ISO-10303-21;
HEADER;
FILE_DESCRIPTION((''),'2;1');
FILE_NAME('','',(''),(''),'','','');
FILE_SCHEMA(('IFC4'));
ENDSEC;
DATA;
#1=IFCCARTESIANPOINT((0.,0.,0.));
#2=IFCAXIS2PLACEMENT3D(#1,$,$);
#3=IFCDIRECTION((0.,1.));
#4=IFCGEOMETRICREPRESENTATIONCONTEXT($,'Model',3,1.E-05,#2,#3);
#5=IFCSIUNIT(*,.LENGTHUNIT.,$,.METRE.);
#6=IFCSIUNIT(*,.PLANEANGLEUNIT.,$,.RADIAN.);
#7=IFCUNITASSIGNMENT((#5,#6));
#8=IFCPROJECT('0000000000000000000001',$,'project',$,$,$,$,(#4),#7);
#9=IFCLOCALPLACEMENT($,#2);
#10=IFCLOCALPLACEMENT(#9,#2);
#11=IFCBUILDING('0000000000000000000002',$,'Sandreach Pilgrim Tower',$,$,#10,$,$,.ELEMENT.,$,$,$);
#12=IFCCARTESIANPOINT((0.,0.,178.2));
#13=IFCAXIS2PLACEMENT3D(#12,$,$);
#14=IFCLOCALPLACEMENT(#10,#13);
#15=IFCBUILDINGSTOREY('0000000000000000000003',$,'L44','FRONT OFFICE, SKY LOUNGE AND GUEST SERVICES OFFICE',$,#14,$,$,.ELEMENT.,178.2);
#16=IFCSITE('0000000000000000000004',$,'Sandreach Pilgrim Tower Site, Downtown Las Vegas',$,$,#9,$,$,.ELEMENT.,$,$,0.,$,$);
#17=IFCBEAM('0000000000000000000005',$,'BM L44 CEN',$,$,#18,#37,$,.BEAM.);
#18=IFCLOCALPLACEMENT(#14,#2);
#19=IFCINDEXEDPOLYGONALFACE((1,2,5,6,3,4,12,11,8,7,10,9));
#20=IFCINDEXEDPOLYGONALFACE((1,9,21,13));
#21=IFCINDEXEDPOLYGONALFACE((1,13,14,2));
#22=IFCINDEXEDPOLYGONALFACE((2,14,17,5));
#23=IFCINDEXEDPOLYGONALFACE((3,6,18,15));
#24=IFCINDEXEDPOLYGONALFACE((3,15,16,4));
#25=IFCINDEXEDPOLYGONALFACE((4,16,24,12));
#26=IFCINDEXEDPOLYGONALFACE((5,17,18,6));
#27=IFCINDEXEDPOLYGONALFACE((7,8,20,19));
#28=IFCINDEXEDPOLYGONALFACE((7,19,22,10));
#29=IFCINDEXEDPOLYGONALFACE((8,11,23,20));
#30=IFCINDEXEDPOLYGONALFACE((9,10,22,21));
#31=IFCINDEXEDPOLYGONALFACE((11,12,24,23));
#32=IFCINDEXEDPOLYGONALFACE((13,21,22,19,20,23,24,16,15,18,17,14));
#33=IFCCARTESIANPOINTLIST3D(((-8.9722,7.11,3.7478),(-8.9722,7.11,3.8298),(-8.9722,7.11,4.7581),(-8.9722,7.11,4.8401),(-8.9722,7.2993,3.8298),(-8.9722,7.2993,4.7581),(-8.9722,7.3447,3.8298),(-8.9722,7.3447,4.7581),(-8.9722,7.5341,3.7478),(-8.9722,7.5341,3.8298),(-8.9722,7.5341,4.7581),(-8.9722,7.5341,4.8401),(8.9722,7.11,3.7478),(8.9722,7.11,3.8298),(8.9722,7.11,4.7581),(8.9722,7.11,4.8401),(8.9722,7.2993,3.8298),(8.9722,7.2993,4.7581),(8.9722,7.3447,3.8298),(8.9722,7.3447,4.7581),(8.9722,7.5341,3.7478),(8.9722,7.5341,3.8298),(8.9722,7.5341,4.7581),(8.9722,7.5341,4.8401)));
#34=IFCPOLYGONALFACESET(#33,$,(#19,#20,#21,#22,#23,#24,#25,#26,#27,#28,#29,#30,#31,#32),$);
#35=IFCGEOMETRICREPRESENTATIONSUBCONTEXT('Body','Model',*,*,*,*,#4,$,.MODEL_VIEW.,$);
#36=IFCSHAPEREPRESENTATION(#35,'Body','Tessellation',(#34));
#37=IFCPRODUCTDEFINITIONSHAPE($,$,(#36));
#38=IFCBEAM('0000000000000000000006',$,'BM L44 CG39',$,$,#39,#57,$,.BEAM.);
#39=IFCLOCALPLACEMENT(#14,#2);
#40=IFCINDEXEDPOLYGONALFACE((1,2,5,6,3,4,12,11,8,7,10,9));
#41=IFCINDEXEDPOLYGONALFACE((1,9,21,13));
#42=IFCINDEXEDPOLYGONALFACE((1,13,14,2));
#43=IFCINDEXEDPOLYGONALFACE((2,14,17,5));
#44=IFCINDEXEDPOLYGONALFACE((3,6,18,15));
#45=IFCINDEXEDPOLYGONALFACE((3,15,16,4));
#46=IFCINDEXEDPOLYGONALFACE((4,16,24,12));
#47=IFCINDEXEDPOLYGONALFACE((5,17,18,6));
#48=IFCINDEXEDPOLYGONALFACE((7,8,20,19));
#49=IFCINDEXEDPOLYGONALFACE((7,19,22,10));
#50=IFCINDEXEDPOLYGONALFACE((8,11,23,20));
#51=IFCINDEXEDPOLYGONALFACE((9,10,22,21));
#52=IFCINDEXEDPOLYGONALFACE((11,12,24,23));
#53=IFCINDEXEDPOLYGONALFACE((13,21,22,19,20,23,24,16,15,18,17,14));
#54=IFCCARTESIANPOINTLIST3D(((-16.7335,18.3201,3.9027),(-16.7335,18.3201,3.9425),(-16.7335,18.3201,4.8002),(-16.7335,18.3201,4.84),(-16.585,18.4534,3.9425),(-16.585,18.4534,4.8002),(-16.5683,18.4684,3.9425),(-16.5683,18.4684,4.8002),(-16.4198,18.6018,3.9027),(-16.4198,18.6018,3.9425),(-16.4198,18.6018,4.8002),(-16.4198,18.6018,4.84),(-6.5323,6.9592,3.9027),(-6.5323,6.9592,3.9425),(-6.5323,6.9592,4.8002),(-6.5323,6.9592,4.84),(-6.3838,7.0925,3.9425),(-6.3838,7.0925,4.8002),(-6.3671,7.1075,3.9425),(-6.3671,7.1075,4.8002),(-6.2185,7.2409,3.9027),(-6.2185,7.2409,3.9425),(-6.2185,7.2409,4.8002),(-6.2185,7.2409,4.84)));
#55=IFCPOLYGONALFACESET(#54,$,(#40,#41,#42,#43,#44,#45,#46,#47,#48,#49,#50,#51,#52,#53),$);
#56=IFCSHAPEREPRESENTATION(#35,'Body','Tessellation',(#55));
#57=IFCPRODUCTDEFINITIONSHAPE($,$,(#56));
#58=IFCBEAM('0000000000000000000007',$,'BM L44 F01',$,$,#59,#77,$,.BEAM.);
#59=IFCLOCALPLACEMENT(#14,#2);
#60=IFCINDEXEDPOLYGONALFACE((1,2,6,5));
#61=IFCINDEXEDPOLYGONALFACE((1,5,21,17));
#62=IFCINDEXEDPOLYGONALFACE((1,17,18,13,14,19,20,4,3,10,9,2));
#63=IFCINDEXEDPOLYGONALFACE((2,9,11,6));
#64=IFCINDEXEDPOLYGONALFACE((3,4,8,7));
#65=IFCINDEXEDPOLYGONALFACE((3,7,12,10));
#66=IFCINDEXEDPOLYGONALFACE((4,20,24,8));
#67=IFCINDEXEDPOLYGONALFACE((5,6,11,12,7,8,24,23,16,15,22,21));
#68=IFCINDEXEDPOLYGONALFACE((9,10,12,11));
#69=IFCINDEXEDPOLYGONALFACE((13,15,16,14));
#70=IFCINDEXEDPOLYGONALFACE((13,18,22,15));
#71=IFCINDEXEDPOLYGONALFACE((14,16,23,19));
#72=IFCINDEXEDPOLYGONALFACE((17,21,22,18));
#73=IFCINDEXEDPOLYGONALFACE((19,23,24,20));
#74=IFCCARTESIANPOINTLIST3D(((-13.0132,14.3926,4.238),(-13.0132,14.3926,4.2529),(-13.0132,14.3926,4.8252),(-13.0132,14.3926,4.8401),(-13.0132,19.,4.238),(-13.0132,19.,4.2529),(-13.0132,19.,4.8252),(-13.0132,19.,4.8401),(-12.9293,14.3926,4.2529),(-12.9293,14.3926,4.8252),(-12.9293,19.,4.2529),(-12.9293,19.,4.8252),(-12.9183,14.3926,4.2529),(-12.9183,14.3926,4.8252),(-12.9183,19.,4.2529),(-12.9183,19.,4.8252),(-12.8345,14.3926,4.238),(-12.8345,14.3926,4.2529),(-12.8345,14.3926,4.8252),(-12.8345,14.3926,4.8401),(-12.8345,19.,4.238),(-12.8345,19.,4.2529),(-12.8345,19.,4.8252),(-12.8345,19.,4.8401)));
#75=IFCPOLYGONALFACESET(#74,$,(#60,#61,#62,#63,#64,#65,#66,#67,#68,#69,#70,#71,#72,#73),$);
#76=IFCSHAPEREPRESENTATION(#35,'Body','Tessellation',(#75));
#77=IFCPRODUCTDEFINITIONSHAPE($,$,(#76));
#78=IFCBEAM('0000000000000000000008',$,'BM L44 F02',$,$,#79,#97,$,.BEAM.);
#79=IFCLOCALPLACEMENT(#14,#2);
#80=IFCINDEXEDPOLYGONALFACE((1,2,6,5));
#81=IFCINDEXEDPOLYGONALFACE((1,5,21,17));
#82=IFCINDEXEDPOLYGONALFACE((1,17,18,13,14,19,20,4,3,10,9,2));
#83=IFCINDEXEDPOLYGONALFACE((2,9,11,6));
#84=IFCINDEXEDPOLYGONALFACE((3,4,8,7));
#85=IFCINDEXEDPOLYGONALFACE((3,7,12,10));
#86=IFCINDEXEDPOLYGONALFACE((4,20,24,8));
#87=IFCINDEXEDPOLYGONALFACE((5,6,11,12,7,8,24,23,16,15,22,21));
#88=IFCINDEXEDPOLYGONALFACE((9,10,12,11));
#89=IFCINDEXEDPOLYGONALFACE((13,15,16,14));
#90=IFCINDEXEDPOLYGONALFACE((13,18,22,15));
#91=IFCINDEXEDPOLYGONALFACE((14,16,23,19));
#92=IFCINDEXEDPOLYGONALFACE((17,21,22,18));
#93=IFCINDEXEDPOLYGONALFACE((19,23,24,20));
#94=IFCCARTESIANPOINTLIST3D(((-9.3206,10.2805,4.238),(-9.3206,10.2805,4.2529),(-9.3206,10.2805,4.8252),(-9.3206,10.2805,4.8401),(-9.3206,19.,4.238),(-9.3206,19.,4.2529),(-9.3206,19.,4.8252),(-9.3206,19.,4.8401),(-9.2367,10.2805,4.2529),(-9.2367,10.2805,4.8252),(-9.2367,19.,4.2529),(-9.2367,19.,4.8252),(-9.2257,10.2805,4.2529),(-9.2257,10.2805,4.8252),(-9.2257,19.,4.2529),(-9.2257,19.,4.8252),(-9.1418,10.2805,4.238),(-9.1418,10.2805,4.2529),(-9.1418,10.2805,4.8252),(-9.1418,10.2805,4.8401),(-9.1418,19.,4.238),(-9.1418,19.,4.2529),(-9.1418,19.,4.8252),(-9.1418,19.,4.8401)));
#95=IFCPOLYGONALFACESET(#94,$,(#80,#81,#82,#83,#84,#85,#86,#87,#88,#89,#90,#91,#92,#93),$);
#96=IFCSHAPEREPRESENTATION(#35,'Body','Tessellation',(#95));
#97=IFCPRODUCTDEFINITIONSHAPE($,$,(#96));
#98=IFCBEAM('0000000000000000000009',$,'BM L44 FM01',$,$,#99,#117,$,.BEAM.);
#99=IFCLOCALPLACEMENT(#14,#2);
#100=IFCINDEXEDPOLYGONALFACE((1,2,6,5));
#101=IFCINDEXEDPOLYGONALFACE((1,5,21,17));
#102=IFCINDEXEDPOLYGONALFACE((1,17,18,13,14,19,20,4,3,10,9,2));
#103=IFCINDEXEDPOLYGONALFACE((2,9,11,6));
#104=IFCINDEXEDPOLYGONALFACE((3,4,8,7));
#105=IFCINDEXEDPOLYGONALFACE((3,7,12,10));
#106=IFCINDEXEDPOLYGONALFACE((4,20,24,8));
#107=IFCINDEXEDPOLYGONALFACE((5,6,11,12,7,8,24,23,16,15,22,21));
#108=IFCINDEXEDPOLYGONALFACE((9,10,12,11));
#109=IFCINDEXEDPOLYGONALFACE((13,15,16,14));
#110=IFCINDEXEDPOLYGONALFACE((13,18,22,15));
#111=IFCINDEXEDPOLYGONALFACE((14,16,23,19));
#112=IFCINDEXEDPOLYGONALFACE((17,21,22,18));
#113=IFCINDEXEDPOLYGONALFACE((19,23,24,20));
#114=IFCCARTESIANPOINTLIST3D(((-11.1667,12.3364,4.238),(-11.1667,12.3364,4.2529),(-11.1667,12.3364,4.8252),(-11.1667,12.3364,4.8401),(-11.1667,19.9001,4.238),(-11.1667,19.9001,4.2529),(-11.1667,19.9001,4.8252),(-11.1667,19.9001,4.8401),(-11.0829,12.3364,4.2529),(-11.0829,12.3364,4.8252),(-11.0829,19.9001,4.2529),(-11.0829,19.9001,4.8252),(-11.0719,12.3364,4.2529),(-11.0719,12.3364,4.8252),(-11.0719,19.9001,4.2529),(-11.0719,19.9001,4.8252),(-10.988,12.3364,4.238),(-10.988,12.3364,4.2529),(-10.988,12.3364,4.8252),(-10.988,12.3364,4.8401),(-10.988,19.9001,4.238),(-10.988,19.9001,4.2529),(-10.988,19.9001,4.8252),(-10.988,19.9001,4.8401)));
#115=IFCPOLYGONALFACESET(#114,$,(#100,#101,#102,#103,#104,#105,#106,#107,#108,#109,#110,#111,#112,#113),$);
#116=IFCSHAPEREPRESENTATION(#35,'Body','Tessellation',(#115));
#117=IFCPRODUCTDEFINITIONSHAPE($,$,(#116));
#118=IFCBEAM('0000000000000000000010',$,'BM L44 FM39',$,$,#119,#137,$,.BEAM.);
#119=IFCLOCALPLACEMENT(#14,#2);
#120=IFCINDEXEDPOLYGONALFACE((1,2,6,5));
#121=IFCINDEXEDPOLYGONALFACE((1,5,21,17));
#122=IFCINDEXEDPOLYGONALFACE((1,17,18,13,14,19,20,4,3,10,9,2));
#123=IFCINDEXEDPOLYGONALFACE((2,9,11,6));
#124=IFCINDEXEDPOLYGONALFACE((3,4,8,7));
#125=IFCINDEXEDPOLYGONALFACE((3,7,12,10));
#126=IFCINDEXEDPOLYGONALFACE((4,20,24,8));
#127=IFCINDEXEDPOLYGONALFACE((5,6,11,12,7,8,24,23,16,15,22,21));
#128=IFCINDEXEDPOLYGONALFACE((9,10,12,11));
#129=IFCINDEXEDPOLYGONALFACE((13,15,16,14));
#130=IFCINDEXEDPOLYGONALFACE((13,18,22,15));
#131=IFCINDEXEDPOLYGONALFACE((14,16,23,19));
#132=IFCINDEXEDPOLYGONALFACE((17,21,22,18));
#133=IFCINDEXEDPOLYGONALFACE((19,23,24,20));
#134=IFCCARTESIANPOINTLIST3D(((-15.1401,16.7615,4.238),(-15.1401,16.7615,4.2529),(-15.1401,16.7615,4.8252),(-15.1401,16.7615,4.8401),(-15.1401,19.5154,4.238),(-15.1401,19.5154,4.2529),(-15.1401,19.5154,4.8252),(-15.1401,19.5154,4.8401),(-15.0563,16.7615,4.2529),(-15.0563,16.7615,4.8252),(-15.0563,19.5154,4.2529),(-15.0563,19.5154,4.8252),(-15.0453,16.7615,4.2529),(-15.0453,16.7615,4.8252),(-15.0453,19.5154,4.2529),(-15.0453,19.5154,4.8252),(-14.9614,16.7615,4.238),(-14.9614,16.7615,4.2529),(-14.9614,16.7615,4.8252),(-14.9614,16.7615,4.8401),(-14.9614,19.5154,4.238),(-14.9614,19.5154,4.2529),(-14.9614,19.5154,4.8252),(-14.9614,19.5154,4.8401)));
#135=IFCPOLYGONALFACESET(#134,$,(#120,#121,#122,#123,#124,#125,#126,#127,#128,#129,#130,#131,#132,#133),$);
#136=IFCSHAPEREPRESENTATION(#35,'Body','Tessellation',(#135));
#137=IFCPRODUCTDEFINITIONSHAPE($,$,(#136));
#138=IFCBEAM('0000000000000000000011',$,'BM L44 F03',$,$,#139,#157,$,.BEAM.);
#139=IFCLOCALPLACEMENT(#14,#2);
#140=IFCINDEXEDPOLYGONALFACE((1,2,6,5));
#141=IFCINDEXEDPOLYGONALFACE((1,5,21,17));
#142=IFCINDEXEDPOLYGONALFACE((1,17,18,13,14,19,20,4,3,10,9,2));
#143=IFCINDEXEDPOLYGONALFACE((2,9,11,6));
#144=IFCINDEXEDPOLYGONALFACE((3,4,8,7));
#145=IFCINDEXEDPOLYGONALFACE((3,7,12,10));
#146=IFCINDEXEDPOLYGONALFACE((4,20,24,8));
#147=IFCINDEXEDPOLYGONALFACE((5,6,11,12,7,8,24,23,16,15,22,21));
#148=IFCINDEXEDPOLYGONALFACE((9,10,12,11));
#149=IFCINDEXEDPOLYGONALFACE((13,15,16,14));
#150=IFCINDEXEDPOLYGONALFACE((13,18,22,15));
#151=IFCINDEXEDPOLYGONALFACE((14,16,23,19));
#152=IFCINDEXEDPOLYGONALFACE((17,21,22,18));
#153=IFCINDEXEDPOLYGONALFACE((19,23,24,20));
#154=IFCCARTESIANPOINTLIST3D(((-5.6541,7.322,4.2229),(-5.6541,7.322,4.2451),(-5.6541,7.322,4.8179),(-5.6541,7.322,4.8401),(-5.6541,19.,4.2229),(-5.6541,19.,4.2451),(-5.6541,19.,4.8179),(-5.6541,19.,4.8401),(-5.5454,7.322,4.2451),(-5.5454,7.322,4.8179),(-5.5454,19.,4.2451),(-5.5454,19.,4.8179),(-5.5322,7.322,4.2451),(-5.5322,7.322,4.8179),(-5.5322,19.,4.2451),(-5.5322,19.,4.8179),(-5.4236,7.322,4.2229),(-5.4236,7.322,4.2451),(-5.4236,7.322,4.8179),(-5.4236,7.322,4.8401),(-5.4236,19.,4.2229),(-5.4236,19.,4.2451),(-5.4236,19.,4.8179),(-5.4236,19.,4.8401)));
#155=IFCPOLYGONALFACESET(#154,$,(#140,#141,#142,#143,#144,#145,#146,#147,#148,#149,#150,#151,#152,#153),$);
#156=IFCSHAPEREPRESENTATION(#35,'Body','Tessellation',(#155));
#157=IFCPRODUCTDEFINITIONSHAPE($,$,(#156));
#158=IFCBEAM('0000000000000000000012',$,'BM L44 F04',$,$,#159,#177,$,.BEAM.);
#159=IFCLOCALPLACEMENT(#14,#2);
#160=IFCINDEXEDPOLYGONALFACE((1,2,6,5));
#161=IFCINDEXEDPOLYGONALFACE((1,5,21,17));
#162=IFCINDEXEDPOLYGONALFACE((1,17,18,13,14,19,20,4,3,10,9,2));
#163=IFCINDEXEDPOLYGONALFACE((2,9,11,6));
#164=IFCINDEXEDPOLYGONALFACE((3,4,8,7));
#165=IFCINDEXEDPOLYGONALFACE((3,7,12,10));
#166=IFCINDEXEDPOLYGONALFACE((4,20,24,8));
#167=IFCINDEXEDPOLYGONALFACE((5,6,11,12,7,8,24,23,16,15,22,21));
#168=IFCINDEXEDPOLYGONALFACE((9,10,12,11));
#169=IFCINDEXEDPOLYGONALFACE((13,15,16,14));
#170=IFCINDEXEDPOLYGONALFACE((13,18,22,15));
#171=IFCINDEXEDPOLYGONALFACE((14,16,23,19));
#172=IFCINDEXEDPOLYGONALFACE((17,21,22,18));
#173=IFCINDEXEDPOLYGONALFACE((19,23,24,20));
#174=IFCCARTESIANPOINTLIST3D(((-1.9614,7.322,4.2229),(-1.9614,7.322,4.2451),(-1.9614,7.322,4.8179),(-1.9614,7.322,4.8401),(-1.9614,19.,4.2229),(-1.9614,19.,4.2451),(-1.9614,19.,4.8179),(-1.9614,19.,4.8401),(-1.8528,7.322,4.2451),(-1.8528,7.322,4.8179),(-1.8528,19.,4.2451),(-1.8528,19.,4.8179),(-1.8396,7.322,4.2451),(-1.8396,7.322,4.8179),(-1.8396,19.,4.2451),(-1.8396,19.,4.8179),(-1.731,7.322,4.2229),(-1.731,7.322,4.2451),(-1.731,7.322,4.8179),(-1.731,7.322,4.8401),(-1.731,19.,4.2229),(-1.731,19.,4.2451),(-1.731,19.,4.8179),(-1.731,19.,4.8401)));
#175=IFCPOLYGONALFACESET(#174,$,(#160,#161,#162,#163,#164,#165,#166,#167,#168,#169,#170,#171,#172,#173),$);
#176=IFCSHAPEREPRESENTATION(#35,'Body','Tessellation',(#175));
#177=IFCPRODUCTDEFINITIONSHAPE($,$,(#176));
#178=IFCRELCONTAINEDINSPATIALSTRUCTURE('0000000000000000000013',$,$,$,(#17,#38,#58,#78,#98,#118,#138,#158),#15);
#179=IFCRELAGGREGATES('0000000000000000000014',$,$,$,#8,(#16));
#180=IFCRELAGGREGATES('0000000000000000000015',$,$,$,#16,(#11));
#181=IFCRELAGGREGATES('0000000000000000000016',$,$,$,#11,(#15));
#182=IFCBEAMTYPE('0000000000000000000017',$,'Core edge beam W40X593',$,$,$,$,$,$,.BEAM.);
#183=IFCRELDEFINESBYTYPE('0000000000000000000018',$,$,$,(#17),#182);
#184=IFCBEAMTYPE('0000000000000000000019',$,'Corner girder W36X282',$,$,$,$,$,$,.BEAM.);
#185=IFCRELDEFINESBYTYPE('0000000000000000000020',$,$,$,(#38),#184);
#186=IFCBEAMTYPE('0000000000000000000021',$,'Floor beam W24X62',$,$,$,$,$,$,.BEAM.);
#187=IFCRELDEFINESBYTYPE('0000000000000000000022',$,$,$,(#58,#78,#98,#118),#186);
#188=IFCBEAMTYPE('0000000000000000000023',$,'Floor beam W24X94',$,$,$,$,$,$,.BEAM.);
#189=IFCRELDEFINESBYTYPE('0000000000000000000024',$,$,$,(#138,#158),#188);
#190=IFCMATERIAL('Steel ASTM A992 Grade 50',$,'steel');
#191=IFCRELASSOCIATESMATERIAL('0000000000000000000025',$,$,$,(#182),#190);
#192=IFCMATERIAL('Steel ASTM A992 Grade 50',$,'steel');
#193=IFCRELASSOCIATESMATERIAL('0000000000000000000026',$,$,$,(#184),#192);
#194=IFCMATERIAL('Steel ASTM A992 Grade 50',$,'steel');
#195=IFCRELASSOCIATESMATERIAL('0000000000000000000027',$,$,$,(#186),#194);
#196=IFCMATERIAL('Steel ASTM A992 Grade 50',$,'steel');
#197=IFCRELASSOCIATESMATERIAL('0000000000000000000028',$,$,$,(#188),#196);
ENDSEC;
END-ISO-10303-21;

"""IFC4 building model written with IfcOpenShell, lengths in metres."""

from ifc_helpers import new_model, si_unit, direction, frame, origin, origin_2d, place, context, subcontext, project, spatial, i_section, extrude, material, material_profile, profile_set, type_object, element, save


model = new_model("IFC4")

# Units and contexts
model_context = context("Model", 3, precision=1e-05, world=origin(), true_north=direction((0.0, 1.0)))
body_context = subcontext(model_context, "Body", "Model", "MODEL_VIEW")
ifc_project = project(units=[si_unit("LENGTHUNIT", "METRE"), si_unit("PLANEANGLEUNIT", "RADIAN")], contexts=[model_context])

# Site, building, storey
site_placement = place(None, origin())
site = spatial("IfcSite", under=ifc_project, at=site_placement, Name="Sandreach Pilgrim Tower Site, Downtown Las Vegas", CompositionType="ELEMENT", RefElevation=0.0)
building_placement = place(site_placement, origin())
building = spatial("IfcBuilding", under=site, at=building_placement, Name="Sandreach Pilgrim Tower", CompositionType="ELEMENT")
storey_placement = place(building_placement, frame((0.0, 0.0, 178.2)))
storey = spatial("IfcBuildingStorey", under=building, at=storey_placement, Name="L44", Description="FRONT OFFICE, SKY LOUNGE AND GUEST SERVICES OFFICE", CompositionType="ELEMENT", Elevation=178.2)

# Beams
ifc_material_1 = material(Name="Steel ASTM A992 Grade 50", Category="steel")
ifc_material_profile_1 = material_profile(ifc_material_1, i_section(OverallWidth=0.4241, OverallDepth=1.0923, WebThickness=0.0454, FlangeThickness=0.082, at=origin_2d()), Name="W40X593")
ifc_profile_set_1 = profile_set([ifc_material_profile_1], Name="Steel ASTM A992 Grade 50")
beam_type_1 = type_object("IfcBeamType", Name="Core edge beam W40X593", PredefinedType="BEAM", material=ifc_profile_set_1)
beam_1_placement = place(storey_placement, frame((-8.9722, 7.322, 4.2939), z_axis=(1.0, 0.0, 0.0), x_axis=(0.0, 1.0, 0.0)))
element("IfcBeam", 1, at=beam_1_placement, inside=storey, type_object=beam_type_1, Name="BM L44 CEN", PredefinedType="BEAM", context=body_context, shape_type="SweptSolid", body=[
    extrude(i_section(OverallWidth=0.4241, OverallDepth=1.0923, WebThickness=0.0454, FlangeThickness=0.082, at=origin_2d()), origin(), (0.0, 0.0, 1.0), 17.9443),
])
ifc_material_2 = material(Name="Steel ASTM A992 Grade 50", Category="steel")
ifc_material_profile_2 = material_profile(ifc_material_2, i_section(OverallWidth=0.4216, OverallDepth=0.9373, WebThickness=0.0225, FlangeThickness=0.0398, at=origin_2d()), Name="W36X282")
ifc_profile_set_2 = profile_set([ifc_material_profile_2], Name="Steel ASTM A992 Grade 50")
beam_type_2 = type_object("IfcBeamType", Name="Corner girder W36X282", PredefinedType="BEAM", material=ifc_profile_set_2)
beam_2_placement = place(storey_placement, frame((-16.5767, 18.4609, 4.3713), z_axis=(0.668111, -0.744062, 0.0), x_axis=(0.744062, 0.668111, 0.0)))
element("IfcBeam", 2, at=beam_2_placement, inside=storey, type_object=beam_type_2, Name="BM L44 CG39", PredefinedType="BEAM", context=body_context, shape_type="SweptSolid", body=[
    extrude(i_section(OverallWidth=0.4216, OverallDepth=0.9373, WebThickness=0.0225, FlangeThickness=0.0398, at=origin_2d()), origin(), (0.0, 0.0, 1.0), 15.2688),
])
ifc_material_3 = material(Name="Steel ASTM A992 Grade 50", Category="steel")
ifc_material_profile_3 = material_profile(ifc_material_3, i_section(OverallWidth=0.1787, OverallDepth=0.6021, WebThickness=0.011, FlangeThickness=0.0149, at=origin_2d()), Name="W24X62")
ifc_profile_set_3 = profile_set([ifc_material_profile_3], Name="Steel ASTM A992 Grade 50")
beam_type_3 = type_object("IfcBeamType", Name="Floor beam W24X62", PredefinedType="BEAM", material=ifc_profile_set_3)
beam_3_placement = place(storey_placement, frame((-12.9238, 19.0, 4.5391), z_axis=(0.0, -1.0, 0.0), x_axis=(1.0, 0.0, 0.0)))
element("IfcBeam", 3, at=beam_3_placement, inside=storey, type_object=beam_type_3, Name="BM L44 F01", PredefinedType="BEAM", context=body_context, shape_type="SweptSolid", body=[
    extrude(i_section(OverallWidth=0.1787, OverallDepth=0.6021, WebThickness=0.011, FlangeThickness=0.0149, at=origin_2d()), origin(), (0.0, 0.0, 1.0), 4.6074),
])
beam_4_placement = place(storey_placement, frame((-9.2312, 19.0, 4.5391), z_axis=(0.0, -1.0, 0.0), x_axis=(1.0, 0.0, 0.0)))
element("IfcBeam", 4, at=beam_4_placement, inside=storey, type_object=beam_type_3, Name="BM L44 F02", PredefinedType="BEAM", context=body_context, shape_type="SweptSolid", body=[
    extrude(i_section(OverallWidth=0.1787, OverallDepth=0.6021, WebThickness=0.011, FlangeThickness=0.0149, at=origin_2d()), origin(), (0.0, 0.0, 1.0), 8.7195),
])
beam_5_placement = place(storey_placement, frame((-11.0774, 19.9001, 4.5391), z_axis=(0.0, -1.0, 0.0), x_axis=(1.0, 0.0, 0.0)))
element("IfcBeam", 5, at=beam_5_placement, inside=storey, type_object=beam_type_3, Name="BM L44 FM01", PredefinedType="BEAM", context=body_context, shape_type="SweptSolid", body=[
    extrude(i_section(OverallWidth=0.1787, OverallDepth=0.6021, WebThickness=0.011, FlangeThickness=0.0149, at=origin_2d()), origin(), (0.0, 0.0, 1.0), 7.5637),
])
beam_6_placement = place(storey_placement, frame((-15.0508, 19.5154, 4.5391), z_axis=(0.0, -1.0, 0.0), x_axis=(1.0, 0.0, 0.0)))
element("IfcBeam", 6, at=beam_6_placement, inside=storey, type_object=beam_type_3, Name="BM L44 FM39", PredefinedType="BEAM", context=body_context, shape_type="SweptSolid", body=[
    extrude(i_section(OverallWidth=0.1787, OverallDepth=0.6021, WebThickness=0.011, FlangeThickness=0.0149, at=origin_2d()), origin(), (0.0, 0.0, 1.0), 2.7539),
])
ifc_material_4 = material(Name="Steel ASTM A992 Grade 50", Category="steel")
ifc_material_profile_4 = material_profile(ifc_material_4, i_section(OverallWidth=0.2305, OverallDepth=0.6172, WebThickness=0.0132, FlangeThickness=0.0222, at=origin_2d()), Name="W24X94")
ifc_profile_set_4 = profile_set([ifc_material_profile_4], Name="Steel ASTM A992 Grade 50")
beam_type_4 = type_object("IfcBeamType", Name="Floor beam W24X94", PredefinedType="BEAM", material=ifc_profile_set_4)
for number, where, z_axis, x_axis, name in (
    (7, (-5.5388, 19.0, 4.5315), (0.0, -1.0, 0.0), (1.0, 0.0, 0.0), "BM L44 F03"),
    (8, (-1.8462, 19.0, 4.5315), (0.0, -1.0, 0.0), (1.0, 0.0, 0.0), "BM L44 F04"),
):
    element("IfcBeam", number, at=place(storey_placement, frame(where, z_axis=z_axis, x_axis=x_axis)), inside=storey, type_object=beam_type_4, Name=name, PredefinedType="BEAM", context=body_context, shape_type="SweptSolid", body=[
        extrude(i_section(OverallWidth=0.2305, OverallDepth=0.6172, WebThickness=0.0132, FlangeThickness=0.0222, at=origin_2d()), origin(), (0.0, 0.0, 1.0), 11.678),
    ])

save(model, "model.ifc")
